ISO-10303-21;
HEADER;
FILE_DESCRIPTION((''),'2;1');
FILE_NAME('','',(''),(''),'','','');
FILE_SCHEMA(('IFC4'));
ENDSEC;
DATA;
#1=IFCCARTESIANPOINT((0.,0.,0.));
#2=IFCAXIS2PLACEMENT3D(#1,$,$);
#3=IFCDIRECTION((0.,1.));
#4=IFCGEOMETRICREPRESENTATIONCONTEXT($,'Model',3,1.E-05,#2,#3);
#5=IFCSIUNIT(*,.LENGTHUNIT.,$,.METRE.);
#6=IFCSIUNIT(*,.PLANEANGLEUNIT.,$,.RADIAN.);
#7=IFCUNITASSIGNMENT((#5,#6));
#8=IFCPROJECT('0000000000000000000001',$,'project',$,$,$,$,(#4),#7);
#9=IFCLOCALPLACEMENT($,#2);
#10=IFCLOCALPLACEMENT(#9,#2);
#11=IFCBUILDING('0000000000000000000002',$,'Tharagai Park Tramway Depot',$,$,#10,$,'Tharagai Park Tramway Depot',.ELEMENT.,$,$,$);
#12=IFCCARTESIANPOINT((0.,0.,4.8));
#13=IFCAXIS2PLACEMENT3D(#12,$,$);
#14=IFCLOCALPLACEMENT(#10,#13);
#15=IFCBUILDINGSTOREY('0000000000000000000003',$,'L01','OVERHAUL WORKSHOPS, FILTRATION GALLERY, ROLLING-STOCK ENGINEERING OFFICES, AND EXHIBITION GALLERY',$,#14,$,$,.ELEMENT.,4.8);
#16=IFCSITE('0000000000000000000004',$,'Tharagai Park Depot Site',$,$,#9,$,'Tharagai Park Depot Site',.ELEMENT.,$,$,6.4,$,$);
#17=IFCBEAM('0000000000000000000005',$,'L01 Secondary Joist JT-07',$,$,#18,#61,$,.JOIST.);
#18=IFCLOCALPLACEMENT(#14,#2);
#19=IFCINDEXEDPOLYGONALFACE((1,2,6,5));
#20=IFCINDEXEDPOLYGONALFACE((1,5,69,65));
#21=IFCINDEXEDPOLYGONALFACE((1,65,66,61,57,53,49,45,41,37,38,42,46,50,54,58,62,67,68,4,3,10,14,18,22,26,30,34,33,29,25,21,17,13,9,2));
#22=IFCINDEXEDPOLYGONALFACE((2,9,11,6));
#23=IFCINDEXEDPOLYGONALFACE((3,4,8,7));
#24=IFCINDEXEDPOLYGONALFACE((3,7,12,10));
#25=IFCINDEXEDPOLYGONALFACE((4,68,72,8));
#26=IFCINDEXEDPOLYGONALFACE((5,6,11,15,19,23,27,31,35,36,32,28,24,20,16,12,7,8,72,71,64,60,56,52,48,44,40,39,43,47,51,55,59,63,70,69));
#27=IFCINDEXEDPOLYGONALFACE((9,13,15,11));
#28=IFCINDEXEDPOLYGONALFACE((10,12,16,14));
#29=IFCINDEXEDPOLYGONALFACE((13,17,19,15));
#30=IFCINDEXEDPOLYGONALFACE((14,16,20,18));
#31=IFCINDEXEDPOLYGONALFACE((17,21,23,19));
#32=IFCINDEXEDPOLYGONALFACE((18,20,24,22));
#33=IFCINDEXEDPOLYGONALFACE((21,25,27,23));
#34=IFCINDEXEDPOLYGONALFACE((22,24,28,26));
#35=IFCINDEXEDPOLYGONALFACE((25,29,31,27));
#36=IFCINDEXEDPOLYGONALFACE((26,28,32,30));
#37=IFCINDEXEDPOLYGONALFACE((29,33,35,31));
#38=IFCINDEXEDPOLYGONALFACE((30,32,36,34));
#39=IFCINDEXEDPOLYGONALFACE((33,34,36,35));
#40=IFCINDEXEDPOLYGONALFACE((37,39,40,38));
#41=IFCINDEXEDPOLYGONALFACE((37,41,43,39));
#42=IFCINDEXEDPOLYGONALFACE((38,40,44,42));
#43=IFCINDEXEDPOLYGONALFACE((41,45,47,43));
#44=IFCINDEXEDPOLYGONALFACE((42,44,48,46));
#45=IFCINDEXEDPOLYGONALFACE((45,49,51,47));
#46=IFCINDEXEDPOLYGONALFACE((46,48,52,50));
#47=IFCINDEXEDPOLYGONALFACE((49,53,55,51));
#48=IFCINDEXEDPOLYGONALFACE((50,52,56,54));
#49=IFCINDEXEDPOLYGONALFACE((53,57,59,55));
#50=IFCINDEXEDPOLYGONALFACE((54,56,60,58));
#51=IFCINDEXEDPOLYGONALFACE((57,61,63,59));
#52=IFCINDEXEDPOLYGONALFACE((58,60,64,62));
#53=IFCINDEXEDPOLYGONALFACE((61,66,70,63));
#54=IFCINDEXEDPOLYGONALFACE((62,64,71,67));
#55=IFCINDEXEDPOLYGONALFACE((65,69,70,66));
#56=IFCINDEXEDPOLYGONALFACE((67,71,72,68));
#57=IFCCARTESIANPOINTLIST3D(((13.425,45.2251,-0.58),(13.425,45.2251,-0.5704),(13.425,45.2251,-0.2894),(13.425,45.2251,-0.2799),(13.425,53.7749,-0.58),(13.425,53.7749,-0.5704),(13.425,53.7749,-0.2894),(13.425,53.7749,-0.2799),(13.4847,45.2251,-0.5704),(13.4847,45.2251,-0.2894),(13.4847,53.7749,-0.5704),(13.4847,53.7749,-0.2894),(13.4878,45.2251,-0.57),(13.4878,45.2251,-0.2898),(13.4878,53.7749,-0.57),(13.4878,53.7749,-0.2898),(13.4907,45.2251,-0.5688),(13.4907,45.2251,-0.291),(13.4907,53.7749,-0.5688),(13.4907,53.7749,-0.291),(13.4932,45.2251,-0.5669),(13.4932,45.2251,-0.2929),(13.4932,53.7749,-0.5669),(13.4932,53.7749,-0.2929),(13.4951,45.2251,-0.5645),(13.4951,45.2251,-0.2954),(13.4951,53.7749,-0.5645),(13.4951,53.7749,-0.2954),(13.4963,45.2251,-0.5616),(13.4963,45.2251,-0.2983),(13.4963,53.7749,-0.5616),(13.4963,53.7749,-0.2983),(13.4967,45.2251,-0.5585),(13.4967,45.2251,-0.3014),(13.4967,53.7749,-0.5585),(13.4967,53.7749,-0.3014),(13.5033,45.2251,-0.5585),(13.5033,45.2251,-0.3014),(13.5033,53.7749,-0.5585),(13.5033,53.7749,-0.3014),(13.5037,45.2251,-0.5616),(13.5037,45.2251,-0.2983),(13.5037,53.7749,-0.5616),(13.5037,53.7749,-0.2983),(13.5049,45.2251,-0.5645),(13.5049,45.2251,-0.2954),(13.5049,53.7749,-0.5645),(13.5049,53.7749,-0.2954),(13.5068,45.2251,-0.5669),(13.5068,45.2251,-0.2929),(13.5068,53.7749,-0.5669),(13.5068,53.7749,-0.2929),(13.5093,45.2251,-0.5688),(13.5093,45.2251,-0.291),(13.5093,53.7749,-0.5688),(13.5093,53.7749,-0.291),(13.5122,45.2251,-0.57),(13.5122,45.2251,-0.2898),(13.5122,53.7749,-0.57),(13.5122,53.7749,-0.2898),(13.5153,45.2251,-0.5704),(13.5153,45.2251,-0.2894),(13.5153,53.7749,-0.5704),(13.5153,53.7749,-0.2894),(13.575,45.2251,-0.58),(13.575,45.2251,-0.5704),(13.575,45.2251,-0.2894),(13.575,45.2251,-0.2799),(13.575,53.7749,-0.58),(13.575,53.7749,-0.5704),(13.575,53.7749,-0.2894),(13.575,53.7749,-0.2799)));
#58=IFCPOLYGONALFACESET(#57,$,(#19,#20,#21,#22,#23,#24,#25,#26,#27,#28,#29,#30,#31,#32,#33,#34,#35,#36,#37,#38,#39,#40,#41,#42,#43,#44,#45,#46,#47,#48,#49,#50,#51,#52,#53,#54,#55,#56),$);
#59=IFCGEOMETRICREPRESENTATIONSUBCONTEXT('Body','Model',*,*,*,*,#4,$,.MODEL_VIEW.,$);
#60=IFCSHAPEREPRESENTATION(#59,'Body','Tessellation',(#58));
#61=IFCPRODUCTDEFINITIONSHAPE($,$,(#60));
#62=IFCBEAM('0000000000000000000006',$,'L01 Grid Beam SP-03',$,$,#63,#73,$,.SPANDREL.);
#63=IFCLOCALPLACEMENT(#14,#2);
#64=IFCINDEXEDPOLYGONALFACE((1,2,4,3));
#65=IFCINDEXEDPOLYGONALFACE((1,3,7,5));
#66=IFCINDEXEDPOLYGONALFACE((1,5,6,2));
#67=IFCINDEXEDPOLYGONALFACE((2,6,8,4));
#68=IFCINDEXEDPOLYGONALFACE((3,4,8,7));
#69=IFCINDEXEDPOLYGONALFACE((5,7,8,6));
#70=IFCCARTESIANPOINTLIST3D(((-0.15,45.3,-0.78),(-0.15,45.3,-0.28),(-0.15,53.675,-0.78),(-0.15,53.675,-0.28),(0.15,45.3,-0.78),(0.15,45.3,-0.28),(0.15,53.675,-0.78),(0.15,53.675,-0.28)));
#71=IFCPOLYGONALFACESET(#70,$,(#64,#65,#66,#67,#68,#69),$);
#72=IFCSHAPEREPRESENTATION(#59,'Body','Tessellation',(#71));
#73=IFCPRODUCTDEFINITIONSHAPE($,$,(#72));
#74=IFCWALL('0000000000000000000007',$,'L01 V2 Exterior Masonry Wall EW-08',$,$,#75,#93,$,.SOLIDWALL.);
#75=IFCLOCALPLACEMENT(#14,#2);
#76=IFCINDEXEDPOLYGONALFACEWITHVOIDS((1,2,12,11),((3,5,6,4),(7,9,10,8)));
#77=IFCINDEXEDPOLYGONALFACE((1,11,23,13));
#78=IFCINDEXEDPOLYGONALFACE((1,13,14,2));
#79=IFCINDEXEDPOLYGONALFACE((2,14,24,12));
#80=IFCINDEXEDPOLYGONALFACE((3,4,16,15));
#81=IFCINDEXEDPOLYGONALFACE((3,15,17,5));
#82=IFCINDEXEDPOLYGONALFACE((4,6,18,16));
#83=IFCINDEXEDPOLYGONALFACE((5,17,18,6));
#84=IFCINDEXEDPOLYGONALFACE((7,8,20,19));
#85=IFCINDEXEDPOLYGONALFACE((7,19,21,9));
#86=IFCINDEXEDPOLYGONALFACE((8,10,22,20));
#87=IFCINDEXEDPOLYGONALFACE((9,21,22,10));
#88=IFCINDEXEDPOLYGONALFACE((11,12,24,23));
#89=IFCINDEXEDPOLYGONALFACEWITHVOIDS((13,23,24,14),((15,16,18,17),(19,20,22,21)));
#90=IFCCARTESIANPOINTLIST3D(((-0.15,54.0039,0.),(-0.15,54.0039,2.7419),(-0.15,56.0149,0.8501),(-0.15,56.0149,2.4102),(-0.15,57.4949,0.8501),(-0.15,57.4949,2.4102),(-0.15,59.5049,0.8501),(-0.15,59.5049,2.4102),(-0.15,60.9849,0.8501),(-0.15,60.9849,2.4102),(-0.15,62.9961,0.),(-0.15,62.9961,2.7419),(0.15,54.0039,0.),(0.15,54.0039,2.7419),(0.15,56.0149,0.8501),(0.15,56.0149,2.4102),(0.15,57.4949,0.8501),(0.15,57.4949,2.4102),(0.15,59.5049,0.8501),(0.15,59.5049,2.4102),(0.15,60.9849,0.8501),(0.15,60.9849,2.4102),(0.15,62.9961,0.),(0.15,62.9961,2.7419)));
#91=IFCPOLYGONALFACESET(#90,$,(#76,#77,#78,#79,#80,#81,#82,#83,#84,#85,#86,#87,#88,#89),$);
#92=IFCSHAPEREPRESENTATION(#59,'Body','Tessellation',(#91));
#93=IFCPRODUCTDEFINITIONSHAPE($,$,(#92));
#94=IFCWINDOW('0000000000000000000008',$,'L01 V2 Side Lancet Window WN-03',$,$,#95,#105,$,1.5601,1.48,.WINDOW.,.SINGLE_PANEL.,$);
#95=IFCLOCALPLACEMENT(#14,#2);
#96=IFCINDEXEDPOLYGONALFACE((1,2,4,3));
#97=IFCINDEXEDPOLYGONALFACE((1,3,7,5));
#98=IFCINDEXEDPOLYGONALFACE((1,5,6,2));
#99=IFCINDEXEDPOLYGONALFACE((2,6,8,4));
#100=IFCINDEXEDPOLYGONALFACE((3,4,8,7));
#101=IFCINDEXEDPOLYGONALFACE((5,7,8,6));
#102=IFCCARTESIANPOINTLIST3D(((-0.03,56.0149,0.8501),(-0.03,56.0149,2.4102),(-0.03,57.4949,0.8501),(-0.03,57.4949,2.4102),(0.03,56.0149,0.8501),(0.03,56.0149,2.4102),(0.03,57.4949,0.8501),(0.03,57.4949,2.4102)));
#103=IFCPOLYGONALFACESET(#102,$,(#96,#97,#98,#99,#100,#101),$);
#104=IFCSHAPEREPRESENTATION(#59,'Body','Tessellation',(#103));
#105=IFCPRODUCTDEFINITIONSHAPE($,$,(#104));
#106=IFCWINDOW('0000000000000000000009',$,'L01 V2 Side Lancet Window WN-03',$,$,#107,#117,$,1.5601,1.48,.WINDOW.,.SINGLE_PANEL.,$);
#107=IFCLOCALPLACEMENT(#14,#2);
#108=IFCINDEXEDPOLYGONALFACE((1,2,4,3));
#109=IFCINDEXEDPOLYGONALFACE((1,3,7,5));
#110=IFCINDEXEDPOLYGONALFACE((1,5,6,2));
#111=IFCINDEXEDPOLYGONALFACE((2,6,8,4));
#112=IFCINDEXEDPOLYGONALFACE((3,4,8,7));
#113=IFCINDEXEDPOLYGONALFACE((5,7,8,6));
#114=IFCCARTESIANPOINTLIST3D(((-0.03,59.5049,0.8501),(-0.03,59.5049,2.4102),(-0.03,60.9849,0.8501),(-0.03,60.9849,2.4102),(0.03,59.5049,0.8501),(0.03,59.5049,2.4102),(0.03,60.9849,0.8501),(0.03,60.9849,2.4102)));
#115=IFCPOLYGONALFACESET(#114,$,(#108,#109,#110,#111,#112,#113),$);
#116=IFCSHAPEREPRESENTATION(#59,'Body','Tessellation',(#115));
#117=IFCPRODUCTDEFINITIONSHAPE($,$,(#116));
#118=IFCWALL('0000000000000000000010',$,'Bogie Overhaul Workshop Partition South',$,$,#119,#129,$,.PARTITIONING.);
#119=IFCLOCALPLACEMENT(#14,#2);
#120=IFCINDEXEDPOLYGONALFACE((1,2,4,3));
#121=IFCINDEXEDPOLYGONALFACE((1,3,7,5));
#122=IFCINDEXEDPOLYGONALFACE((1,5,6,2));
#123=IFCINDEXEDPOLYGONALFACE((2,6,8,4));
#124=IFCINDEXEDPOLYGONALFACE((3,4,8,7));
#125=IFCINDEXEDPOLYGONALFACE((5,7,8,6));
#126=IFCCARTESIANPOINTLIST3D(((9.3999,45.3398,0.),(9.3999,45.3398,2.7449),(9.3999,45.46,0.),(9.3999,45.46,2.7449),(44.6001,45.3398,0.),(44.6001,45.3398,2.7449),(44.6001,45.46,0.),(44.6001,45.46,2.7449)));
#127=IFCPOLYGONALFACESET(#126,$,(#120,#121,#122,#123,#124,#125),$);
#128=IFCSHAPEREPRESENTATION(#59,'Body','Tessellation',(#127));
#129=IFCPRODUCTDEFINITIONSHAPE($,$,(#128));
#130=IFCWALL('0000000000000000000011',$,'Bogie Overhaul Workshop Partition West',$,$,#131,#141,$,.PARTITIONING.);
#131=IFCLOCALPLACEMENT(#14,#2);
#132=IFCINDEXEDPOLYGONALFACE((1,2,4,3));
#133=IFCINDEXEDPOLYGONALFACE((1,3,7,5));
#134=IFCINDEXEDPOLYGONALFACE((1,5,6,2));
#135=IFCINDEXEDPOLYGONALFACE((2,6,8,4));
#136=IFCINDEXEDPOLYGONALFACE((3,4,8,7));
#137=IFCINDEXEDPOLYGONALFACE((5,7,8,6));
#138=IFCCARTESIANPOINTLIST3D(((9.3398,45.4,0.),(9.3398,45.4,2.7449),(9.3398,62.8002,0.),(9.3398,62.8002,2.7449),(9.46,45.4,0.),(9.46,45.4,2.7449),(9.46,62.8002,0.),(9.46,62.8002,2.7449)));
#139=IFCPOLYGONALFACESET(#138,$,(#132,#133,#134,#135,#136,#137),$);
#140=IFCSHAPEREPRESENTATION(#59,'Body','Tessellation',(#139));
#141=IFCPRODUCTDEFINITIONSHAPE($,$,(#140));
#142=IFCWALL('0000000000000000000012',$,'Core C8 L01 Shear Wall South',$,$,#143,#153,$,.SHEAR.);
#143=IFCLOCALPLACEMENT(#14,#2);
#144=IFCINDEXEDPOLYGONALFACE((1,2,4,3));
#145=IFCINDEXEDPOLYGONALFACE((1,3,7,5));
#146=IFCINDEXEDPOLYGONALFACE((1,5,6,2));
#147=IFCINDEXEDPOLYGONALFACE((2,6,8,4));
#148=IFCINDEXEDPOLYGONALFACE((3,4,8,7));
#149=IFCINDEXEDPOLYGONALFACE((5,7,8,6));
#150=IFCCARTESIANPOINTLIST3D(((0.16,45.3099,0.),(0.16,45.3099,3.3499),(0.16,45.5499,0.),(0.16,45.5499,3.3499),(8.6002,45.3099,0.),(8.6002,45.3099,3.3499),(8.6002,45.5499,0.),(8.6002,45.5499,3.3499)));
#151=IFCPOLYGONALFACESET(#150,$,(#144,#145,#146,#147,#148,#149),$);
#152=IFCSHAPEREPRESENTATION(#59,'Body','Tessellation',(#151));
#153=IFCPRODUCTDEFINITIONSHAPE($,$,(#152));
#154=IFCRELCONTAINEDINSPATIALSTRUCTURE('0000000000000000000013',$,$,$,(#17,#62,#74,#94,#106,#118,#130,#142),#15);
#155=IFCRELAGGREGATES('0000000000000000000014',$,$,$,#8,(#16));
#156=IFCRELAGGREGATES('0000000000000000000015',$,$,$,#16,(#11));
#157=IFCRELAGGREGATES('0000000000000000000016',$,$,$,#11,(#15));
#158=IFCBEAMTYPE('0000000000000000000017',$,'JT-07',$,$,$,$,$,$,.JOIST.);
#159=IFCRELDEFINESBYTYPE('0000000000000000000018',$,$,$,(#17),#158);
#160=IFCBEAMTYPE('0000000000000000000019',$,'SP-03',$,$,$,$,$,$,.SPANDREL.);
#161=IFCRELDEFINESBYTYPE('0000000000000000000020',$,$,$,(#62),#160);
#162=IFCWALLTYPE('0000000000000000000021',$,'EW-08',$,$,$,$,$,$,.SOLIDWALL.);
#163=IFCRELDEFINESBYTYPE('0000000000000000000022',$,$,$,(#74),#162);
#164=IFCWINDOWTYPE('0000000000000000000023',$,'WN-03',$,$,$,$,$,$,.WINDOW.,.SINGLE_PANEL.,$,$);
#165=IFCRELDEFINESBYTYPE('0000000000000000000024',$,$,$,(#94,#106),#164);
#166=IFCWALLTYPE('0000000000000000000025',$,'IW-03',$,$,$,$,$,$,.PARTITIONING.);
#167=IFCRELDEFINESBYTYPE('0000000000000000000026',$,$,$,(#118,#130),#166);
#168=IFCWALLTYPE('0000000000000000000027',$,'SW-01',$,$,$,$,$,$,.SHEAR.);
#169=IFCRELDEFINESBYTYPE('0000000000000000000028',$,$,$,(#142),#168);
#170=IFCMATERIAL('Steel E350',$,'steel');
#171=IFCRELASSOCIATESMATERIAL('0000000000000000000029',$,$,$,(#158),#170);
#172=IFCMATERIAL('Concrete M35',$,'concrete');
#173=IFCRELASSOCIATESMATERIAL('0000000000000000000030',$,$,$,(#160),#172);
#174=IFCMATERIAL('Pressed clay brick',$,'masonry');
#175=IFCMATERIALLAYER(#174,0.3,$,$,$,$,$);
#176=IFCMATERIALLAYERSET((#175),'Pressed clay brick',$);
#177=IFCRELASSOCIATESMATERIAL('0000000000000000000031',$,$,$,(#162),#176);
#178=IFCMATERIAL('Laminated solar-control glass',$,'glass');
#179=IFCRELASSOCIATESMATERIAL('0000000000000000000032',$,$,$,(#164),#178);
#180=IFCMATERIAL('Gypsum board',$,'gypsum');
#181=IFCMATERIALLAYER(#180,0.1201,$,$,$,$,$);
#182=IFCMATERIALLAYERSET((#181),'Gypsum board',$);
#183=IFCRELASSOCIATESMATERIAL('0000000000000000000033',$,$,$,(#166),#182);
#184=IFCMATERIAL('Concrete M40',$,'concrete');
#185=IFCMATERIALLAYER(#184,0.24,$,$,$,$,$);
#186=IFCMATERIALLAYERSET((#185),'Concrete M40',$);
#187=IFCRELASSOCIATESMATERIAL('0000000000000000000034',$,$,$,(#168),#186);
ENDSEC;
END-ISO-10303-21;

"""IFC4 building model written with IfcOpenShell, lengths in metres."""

from ifc_helpers import new_model, si_unit, direction, frame, frame_2d, origin, origin_2d, place, context, subcontext, project, spatial, rectangle, i_section, extrude, material, layer, layer_set, material_profile, profile_set, type_object, element, fill, save


model = new_model("IFC4")

# Units and contexts
model_context = context("Model", 3, precision=1e-05, world=origin(), true_north=direction((0.0, 1.0)))
body_context = subcontext(model_context, "Body", "Model", "MODEL_VIEW")
ifc_project = project(units=[si_unit("LENGTHUNIT", "METRE"), si_unit("PLANEANGLEUNIT", "RADIAN")], contexts=[model_context])

# Site, building, storey
site_placement = place(None, origin())
site = spatial("IfcSite", under=ifc_project, at=site_placement, Name="Tharagai Park Depot Site", LongName="Tharagai Park Depot Site", CompositionType="ELEMENT", RefElevation=6.4)
building_placement = place(site_placement, origin())
building = spatial("IfcBuilding", under=site, at=building_placement, Name="Tharagai Park Tramway Depot", LongName="Tharagai Park Tramway Depot", CompositionType="ELEMENT")
storey_placement = place(building_placement, frame((0.0, 0.0, 4.8)))
storey = spatial("IfcBuildingStorey", under=building, at=storey_placement, Name="L01", Description="OVERHAUL WORKSHOPS, FILTRATION GALLERY, ROLLING-STOCK ENGINEERING OFFICES, AND EXHIBITION GALLERY", CompositionType="ELEMENT", Elevation=4.8)

# Shared definitions
ifc_material_1 = material(Name="Steel E350", Category="steel")
ifc_material_2 = material(Name="Concrete M40", Category="concrete")

# Beams
ifc_material_3 = material(Name="Concrete M35", Category="concrete")
ifc_material_profile_1 = material_profile(ifc_material_1, i_section(OverallWidth=0.1499, OverallDepth=0.3, WebThickness=0.0066, FlangeThickness=0.0095, FilletRadius=0.012, at=origin_2d()), Name="ISLB 300")
ifc_profile_set_1 = profile_set([ifc_material_profile_1], Name="Steel E350")
beam_type_1 = type_object("IfcBeamType", Name="JT-07", PredefinedType="JOIST", material=ifc_profile_set_1)
beam_1_placement = place(storey_placement, frame((13.5, 45.2251, -0.4299), z_axis=(0.0, 1.0, 0.0), x_axis=(-1.0, 0.0, 0.0)))
element("IfcBeam", 1, at=beam_1_placement, inside=storey, type_object=beam_type_1, Name="L01 Secondary Joist JT-07", PredefinedType="JOIST", context=body_context, shape_type="SweptSolid", body=[
    extrude(i_section(OverallWidth=0.1499, OverallDepth=0.3, WebThickness=0.0066, FlangeThickness=0.0095, FilletRadius=0.012, at=origin_2d()), origin(), (0.0, 0.0, 1.0), 8.5498),
])
ifc_material_profile_2 = material_profile(ifc_material_3, rectangle(XDim=0.3, YDim=0.5, at=origin_2d()), Name="RC 300x500")
ifc_profile_set_2 = profile_set([ifc_material_profile_2], Name="Concrete M35")
beam_type_2 = type_object("IfcBeamType", Name="SP-03", PredefinedType="SPANDREL", material=ifc_profile_set_2)
beam_2_placement = place(storey_placement, frame((0.0, 45.3, -0.53), z_axis=(0.0, 1.0, 0.0), x_axis=(-1.0, 0.0, 0.0)))
element("IfcBeam", 2, at=beam_2_placement, inside=storey, type_object=beam_type_2, Name="L01 Grid Beam SP-03", PredefinedType="SPANDREL", context=body_context, shape_type="SweptSolid", body=[
    extrude(rectangle(XDim=0.3, YDim=0.5, at=origin_2d()), origin(), (0.0, 0.0, 1.0), 8.375),
])

# Wall, openings, windows
ifc_material_4 = material(Name="Pressed clay brick", Category="masonry")
ifc_layer_1 = layer(ifc_material_4, 0.3)
ifc_layer_set_1 = layer_set([ifc_layer_1], Name="Pressed clay brick")
wall_type_1 = type_object("IfcWallType", Name="EW-08", PredefinedType="SOLIDWALL", material=ifc_layer_set_1)
wall_1_placement = place(storey_placement, frame((0.0, 54.0039, 0.0), z_axis=(0.0, 0.0, 1.0), x_axis=(0.0, 1.0, 0.0)))
wall_1 = element("IfcWall", 3, at=wall_1_placement, inside=storey, type_object=wall_type_1, Name="L01 V2 Exterior Masonry Wall EW-08", PredefinedType="SOLIDWALL", context=body_context, shape_type="SweptSolid", body=[
    extrude(rectangle(XDim=8.9922, YDim=0.3, at=frame_2d((4.4961, 0.0))), origin(), (0.0, 0.0, 1.0), 2.7419),
])
opening_1_placement = place(wall_1_placement, frame((2.011, 0.0, 0.8501)))
opening_1 = element("IfcOpeningElement", 4, at=opening_1_placement, cuts=wall_1, PredefinedType="OPENING", context=body_context, shape_type="SweptSolid", body=[
    extrude(rectangle(XDim=1.48, YDim=1.5601, at=frame_2d((0.74, 0.78))), frame((0.0, 0.1599, 0.0), z_axis=(0.0, -1.0, 0.0), x_axis=(1.0, 0.0, 0.0)), (0.0, 0.0, 1.0), 0.3201),
])
opening_2_placement = place(wall_1_placement, frame((5.501, 0.0, 0.8501)))
opening_2 = element("IfcOpeningElement", 5, at=opening_2_placement, cuts=wall_1, PredefinedType="OPENING", context=body_context, shape_type="SweptSolid", body=[
    extrude(rectangle(XDim=1.48, YDim=1.5601, at=frame_2d((0.74, 0.78))), frame((0.0, 0.1599, 0.0), z_axis=(0.0, -1.0, 0.0), x_axis=(1.0, 0.0, 0.0)), (0.0, 0.0, 1.0), 0.3201),
])
ifc_material_5 = material(Name="Laminated solar-control glass", Category="glass")
window_type = type_object("IfcWindowType", Name="WN-03", PartitioningType="SINGLE_PANEL", PredefinedType="WINDOW", material=ifc_material_5)
window_1_placement = place(opening_1_placement, origin())
window_1 = element("IfcWindow", 6, at=window_1_placement, inside=storey, type_object=window_type, Name="L01 V2 Side Lancet Window WN-03", OverallHeight=1.5601, OverallWidth=1.48, PartitioningType="SINGLE_PANEL", PredefinedType="WINDOW", context=body_context, shape_type="SweptSolid", body=[
    extrude(rectangle(XDim=1.48, YDim=1.5601, at=frame_2d((0.74, 0.78))), frame((0.0, 0.03, 0.0), z_axis=(0.0, -1.0, 0.0), x_axis=(1.0, 0.0, 0.0)), (0.0, 0.0, 1.0), 0.0601),
])
fill(opening_1, window_1)
window_2_placement = place(opening_2_placement, origin())
window_2 = element("IfcWindow", 7, at=window_2_placement, inside=storey, type_object=window_type, Name="L01 V2 Side Lancet Window WN-03", OverallHeight=1.5601, OverallWidth=1.48, PartitioningType="SINGLE_PANEL", PredefinedType="WINDOW", context=body_context, shape_type="SweptSolid", body=[
    extrude(rectangle(XDim=1.48, YDim=1.5601, at=frame_2d((0.74, 0.78))), frame((0.0, 0.03, 0.0), z_axis=(0.0, -1.0, 0.0), x_axis=(1.0, 0.0, 0.0)), (0.0, 0.0, 1.0), 0.0601),
])
fill(opening_2, window_2)

# Walls
ifc_material_6 = material(Name="Gypsum board", Category="gypsum")
ifc_layer_2 = layer(ifc_material_6, 0.1201)
ifc_layer_set_2 = layer_set([ifc_layer_2], Name="Gypsum board")
wall_type_2 = type_object("IfcWallType", Name="IW-03", PredefinedType="PARTITIONING", material=ifc_layer_set_2)
wall_2_placement = place(storey_placement, frame((9.3999, 45.3999, 0.0), z_axis=(0.0, 0.0, 1.0), x_axis=(1.0, 0.0, 0.0)))
element("IfcWall", 8, at=wall_2_placement, inside=storey, type_object=wall_type_2, Name="Bogie Overhaul Workshop Partition South", PredefinedType="PARTITIONING", context=body_context, shape_type="SweptSolid", body=[
    extrude(rectangle(XDim=35.2002, YDim=0.1201, at=frame_2d((17.6001, 0.0))), origin(), (0.0, 0.0, 1.0), 2.7449),
])
wall_3_placement = place(storey_placement, frame((9.3999, 45.3999, 0.0), z_axis=(0.0, 0.0, 1.0), x_axis=(0.0, 1.0, 0.0)))
element("IfcWall", 9, at=wall_3_placement, inside=storey, type_object=wall_type_2, Name="Bogie Overhaul Workshop Partition West", PredefinedType="PARTITIONING", context=body_context, shape_type="SweptSolid", body=[
    extrude(rectangle(XDim=17.4001, YDim=0.1201, at=frame_2d((8.7002, 0.0))), origin(), (0.0, 0.0, 1.0), 2.7449),
])
ifc_layer_3 = layer(ifc_material_2, 0.24)
ifc_layer_set_3 = layer_set([ifc_layer_3], Name="Concrete M40")
wall_type_3 = type_object("IfcWallType", Name="SW-01", PredefinedType="SHEAR", material=ifc_layer_set_3)
wall_4_placement = place(storey_placement, frame((0.1599, 45.4299, 0.0), z_axis=(0.0, 0.0, 1.0), x_axis=(1.0, 0.0, 0.0)))
element("IfcWall", 10, at=wall_4_placement, inside=storey, type_object=wall_type_3, Name="Core C8 L01 Shear Wall South", PredefinedType="SHEAR", context=body_context, shape_type="SweptSolid", body=[
    extrude(rectangle(XDim=8.4402, YDim=0.24, at=frame_2d((4.2202, 0.0))), origin(), (0.0, 0.0, 1.0), 3.3499),
])

save(model, "model.ifc")
